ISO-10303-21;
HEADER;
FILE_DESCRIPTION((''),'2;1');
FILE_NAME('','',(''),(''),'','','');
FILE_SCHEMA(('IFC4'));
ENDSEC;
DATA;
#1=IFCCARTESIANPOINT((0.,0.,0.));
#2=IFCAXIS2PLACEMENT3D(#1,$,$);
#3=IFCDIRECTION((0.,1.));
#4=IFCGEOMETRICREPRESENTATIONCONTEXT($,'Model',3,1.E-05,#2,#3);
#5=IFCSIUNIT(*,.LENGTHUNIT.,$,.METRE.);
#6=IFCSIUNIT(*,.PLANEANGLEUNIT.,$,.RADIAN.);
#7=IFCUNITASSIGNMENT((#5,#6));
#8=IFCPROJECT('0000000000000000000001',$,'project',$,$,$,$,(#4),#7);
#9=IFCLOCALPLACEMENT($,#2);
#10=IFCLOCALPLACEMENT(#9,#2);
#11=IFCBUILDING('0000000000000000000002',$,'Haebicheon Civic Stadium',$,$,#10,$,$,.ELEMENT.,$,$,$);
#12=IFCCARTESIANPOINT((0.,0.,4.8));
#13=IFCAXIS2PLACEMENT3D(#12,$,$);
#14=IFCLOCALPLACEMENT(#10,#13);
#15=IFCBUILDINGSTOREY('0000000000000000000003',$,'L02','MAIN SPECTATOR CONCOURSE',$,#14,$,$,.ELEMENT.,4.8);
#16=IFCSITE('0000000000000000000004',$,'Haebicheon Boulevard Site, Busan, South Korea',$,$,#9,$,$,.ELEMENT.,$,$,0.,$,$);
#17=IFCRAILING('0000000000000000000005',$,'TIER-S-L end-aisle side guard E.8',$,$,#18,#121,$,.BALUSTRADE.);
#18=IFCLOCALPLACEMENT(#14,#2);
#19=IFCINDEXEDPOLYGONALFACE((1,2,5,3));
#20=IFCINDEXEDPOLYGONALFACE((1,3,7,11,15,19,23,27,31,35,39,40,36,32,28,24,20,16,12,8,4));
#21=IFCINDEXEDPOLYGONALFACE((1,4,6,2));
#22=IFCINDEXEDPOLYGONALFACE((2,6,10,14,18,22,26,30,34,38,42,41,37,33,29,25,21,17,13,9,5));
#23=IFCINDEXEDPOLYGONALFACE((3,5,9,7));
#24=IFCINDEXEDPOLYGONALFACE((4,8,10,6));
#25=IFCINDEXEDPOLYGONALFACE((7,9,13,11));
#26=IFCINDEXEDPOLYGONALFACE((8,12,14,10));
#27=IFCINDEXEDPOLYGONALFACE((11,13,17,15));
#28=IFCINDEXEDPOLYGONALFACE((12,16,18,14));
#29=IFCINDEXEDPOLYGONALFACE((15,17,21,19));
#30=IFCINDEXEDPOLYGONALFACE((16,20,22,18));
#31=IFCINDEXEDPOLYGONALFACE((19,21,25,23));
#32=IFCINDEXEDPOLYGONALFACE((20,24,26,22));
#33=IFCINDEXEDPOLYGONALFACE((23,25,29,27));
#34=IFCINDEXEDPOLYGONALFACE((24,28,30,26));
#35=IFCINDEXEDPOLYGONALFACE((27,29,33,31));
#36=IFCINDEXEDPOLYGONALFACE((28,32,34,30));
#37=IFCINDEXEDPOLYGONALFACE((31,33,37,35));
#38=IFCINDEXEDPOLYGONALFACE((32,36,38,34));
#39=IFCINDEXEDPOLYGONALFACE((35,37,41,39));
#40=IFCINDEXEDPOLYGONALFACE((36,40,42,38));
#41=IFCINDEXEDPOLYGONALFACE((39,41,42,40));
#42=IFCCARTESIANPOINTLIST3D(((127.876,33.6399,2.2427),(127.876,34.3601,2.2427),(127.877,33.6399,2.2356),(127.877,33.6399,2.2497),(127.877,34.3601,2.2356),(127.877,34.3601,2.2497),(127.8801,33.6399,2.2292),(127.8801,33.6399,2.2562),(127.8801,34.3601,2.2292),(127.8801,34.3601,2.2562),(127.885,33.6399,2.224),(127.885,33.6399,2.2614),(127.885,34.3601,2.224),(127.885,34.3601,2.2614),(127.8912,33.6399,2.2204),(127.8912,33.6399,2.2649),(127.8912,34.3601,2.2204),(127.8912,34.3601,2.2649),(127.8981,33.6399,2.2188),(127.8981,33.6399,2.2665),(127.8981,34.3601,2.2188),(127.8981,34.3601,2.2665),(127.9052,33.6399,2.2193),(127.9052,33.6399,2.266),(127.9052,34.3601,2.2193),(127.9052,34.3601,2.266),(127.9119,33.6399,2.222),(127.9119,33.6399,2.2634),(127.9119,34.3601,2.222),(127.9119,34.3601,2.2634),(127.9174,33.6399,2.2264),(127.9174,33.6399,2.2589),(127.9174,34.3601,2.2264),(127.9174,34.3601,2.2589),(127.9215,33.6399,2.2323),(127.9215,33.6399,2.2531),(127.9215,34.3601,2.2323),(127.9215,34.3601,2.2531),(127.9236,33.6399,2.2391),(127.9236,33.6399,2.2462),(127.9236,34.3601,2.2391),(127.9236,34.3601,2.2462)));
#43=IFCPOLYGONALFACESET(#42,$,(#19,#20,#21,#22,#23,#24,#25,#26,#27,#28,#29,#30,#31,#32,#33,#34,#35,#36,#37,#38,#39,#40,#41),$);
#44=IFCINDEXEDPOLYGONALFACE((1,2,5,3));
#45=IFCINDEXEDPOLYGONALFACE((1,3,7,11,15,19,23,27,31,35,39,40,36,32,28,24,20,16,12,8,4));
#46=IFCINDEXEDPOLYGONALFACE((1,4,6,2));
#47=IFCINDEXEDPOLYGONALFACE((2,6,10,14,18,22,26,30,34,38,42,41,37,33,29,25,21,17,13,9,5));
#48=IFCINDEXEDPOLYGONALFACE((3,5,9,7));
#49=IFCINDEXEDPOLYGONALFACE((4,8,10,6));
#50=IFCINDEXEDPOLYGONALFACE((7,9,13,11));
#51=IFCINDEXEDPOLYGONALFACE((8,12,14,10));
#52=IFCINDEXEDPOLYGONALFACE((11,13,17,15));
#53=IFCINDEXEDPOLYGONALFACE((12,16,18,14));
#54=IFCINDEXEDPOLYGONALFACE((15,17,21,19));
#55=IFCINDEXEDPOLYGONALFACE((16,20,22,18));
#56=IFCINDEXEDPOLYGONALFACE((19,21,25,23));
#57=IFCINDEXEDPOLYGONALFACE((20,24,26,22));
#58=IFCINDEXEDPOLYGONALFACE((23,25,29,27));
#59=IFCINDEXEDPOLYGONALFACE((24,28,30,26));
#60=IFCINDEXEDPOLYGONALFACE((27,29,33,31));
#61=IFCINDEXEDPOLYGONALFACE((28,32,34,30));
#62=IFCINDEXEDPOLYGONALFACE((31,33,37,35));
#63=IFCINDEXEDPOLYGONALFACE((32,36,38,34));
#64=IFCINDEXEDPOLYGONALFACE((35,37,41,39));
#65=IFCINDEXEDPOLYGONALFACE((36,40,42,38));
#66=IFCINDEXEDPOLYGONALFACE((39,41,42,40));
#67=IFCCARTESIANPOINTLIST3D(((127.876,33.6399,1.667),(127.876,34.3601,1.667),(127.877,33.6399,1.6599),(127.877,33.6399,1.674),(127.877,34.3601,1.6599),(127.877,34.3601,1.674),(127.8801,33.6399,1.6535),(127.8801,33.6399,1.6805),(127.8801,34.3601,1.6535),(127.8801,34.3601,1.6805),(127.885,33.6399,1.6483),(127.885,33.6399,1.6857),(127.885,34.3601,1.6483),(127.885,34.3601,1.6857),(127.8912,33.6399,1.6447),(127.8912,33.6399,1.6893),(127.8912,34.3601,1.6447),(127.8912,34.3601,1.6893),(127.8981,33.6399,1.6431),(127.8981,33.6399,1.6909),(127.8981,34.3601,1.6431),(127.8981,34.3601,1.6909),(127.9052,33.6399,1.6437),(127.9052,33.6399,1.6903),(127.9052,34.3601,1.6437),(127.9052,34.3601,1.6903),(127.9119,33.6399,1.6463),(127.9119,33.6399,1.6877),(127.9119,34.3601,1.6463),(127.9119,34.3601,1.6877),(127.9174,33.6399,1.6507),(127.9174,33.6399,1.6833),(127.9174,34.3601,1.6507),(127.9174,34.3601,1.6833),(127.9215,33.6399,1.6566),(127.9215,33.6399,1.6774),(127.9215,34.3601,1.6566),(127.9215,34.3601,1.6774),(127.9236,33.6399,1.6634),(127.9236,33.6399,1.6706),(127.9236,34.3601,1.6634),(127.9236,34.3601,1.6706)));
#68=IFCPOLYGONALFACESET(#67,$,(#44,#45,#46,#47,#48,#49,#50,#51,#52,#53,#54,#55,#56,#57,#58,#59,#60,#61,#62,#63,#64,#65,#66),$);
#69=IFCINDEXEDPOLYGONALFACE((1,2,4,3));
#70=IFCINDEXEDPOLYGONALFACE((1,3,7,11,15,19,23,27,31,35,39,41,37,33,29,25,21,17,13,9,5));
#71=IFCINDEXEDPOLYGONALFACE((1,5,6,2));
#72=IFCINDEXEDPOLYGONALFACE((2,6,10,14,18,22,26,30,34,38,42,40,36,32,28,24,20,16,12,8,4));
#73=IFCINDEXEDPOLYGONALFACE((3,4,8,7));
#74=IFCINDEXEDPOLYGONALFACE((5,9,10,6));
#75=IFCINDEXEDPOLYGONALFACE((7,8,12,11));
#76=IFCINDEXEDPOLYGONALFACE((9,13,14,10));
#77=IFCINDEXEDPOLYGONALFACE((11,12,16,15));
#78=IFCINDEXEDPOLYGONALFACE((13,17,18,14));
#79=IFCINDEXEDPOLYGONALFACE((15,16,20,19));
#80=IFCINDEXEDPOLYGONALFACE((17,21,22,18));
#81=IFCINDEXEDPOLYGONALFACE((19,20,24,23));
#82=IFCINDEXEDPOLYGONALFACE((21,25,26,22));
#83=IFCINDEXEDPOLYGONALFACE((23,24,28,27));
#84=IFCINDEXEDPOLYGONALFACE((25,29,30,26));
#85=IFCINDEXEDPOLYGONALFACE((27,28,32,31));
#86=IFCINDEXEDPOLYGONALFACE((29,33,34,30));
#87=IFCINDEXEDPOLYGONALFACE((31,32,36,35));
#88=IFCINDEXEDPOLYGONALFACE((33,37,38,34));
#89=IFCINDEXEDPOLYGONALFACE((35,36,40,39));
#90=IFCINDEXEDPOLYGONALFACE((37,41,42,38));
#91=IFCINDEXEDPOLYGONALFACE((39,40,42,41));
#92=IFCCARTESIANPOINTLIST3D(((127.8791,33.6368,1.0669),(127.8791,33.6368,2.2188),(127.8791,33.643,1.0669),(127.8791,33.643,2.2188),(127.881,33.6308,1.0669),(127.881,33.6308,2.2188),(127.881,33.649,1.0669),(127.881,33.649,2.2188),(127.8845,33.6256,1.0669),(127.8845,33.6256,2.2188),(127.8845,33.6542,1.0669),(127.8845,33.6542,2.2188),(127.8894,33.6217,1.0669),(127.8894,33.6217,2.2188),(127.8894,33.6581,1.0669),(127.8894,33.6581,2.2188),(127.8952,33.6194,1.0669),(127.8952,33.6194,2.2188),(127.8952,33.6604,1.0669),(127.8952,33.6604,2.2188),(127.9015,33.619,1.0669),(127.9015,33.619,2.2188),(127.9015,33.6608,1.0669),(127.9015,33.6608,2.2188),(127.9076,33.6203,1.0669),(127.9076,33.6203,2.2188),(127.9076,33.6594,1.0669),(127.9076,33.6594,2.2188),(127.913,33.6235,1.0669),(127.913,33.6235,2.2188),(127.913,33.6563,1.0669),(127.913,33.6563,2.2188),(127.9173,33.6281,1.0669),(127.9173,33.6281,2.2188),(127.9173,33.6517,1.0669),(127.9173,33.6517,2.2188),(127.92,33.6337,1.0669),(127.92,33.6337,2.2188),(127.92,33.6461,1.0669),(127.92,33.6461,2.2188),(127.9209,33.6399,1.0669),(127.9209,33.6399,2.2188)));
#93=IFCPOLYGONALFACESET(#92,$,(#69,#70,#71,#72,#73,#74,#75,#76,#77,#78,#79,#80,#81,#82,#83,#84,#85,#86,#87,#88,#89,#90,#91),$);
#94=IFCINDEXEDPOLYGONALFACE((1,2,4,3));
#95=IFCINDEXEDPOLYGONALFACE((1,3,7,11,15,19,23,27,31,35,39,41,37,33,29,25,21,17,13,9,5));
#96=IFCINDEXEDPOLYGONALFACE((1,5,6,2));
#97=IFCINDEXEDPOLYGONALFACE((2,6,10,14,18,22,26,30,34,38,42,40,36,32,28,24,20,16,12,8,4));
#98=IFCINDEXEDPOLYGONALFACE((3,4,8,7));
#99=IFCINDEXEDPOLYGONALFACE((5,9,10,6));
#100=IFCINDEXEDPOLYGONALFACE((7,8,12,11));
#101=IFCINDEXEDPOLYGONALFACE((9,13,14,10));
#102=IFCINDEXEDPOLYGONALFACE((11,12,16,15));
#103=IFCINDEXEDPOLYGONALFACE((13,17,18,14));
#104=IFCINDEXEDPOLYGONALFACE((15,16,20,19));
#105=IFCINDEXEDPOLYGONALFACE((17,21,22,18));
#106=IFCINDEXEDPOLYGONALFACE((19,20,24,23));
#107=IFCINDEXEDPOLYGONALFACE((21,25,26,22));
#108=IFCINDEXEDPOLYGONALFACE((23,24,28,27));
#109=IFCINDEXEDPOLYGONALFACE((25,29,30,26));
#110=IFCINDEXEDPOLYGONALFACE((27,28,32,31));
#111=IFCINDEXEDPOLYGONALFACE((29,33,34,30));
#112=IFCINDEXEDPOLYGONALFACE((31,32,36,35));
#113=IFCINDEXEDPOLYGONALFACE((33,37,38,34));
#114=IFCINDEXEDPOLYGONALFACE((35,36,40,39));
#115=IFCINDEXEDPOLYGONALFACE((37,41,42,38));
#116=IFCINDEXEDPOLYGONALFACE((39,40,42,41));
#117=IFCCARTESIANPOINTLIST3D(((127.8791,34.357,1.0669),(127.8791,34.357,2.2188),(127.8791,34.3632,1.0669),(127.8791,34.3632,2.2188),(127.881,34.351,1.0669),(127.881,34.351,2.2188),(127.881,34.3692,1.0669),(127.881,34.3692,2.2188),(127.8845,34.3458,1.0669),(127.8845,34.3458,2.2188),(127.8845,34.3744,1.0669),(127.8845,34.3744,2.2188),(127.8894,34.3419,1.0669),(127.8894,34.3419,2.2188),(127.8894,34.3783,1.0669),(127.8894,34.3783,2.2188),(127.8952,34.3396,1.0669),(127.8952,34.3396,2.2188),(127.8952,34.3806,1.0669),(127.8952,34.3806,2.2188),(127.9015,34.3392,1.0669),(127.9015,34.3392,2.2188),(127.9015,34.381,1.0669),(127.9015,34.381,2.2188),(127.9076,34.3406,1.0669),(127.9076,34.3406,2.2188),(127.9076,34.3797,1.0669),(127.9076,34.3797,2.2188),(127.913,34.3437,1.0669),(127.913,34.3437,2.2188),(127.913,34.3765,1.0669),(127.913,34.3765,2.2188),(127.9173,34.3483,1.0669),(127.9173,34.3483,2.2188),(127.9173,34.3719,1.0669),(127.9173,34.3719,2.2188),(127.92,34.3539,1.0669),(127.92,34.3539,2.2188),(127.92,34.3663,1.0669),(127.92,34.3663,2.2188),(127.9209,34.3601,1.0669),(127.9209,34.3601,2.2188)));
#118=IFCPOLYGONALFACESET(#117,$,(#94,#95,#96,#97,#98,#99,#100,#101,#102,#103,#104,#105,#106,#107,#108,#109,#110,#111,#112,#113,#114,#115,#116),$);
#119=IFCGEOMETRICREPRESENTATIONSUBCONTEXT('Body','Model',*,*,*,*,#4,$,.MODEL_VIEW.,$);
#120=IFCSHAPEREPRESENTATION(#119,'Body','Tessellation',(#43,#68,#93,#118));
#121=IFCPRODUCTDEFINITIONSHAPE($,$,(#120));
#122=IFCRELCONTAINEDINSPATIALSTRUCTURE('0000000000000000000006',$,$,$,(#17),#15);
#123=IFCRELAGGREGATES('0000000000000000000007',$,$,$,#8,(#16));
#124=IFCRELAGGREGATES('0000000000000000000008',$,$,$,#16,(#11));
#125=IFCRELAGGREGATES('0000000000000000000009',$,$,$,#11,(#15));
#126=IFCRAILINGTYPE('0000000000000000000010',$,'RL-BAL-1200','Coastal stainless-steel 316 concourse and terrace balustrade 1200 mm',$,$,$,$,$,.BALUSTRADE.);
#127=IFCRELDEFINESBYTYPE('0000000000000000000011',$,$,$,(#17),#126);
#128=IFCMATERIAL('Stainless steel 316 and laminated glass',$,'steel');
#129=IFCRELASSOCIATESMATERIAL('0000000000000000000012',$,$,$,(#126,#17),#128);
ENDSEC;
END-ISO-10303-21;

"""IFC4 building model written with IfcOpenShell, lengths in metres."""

from ifc_helpers import new_model, si_unit, direction, frame, origin, origin_2d, place, context, subcontext, project, spatial, circle, extrude, material, type_object, element, save


model = new_model("IFC4")

# Units and contexts
model_context = context("Model", 3, precision=1e-05, world=origin(), true_north=direction((0.0, 1.0)))
body_context = subcontext(model_context, "Body", "Model", "MODEL_VIEW")
ifc_project = project(units=[si_unit("LENGTHUNIT", "METRE"), si_unit("PLANEANGLEUNIT", "RADIAN")], contexts=[model_context])

# Site, building, storey
site_placement = place(None, origin())
site = spatial("IfcSite", under=ifc_project, at=site_placement, Name="Haebicheon Boulevard Site, Busan, South Korea", CompositionType="ELEMENT", RefElevation=0.0)
building_placement = place(site_placement, origin())
building = spatial("IfcBuilding", under=site, at=building_placement, Name="Haebicheon Civic Stadium", CompositionType="ELEMENT")
storey_placement = place(building_placement, frame((0.0, 0.0, 4.8)))
storey = spatial("IfcBuildingStorey", under=building, at=storey_placement, Name="L02", Description="MAIN SPECTATOR CONCOURSE", CompositionType="ELEMENT", Elevation=4.8)

# Railing
ifc_material_1 = material(Name="Stainless steel 316 and laminated glass", Category="steel")
railing_type = type_object("IfcRailingType", Name="RL-BAL-1200", Description="Coastal stainless-steel 316 concourse and terrace balustrade 1200 mm", PredefinedType="BALUSTRADE", material=ifc_material_1)
railing_1_placement = place(storey_placement, frame((127.8999, 33.6399, 1.0669)))
element("IfcRailing", 1, at=railing_1_placement, inside=storey, type_object=railing_type, material=ifc_material_1, Name="TIER-S-L end-aisle side guard E.8", PredefinedType="BALUSTRADE", context=body_context, shape_type="SweptSolid", body=[
    extrude(circle(Radius=0.0239, at=origin_2d()), frame((0.0, 0.0, 1.1758), z_axis=(0.0, 1.0, 0.0), x_axis=(-1.0, 0.0, 0.0)), (0.0, 0.0, 1.0), 0.7202),
    extrude(circle(Radius=0.0239, at=origin_2d()), frame((0.0, 0.0, 0.6001), z_axis=(0.0, 1.0, 0.0), x_axis=(-1.0, 0.0, 0.0)), (0.0, 0.0, 1.0), 0.7202),
    extrude(circle(Radius=0.021, at=origin_2d()), origin(), (0.0, 0.0, 1.0), 1.1519),
    extrude(circle(Radius=0.021, at=origin_2d()), frame((0.0, 0.7202, 0.0)), (0.0, 0.0, 1.0), 1.1519),
])

save(model, "model.ifc")
